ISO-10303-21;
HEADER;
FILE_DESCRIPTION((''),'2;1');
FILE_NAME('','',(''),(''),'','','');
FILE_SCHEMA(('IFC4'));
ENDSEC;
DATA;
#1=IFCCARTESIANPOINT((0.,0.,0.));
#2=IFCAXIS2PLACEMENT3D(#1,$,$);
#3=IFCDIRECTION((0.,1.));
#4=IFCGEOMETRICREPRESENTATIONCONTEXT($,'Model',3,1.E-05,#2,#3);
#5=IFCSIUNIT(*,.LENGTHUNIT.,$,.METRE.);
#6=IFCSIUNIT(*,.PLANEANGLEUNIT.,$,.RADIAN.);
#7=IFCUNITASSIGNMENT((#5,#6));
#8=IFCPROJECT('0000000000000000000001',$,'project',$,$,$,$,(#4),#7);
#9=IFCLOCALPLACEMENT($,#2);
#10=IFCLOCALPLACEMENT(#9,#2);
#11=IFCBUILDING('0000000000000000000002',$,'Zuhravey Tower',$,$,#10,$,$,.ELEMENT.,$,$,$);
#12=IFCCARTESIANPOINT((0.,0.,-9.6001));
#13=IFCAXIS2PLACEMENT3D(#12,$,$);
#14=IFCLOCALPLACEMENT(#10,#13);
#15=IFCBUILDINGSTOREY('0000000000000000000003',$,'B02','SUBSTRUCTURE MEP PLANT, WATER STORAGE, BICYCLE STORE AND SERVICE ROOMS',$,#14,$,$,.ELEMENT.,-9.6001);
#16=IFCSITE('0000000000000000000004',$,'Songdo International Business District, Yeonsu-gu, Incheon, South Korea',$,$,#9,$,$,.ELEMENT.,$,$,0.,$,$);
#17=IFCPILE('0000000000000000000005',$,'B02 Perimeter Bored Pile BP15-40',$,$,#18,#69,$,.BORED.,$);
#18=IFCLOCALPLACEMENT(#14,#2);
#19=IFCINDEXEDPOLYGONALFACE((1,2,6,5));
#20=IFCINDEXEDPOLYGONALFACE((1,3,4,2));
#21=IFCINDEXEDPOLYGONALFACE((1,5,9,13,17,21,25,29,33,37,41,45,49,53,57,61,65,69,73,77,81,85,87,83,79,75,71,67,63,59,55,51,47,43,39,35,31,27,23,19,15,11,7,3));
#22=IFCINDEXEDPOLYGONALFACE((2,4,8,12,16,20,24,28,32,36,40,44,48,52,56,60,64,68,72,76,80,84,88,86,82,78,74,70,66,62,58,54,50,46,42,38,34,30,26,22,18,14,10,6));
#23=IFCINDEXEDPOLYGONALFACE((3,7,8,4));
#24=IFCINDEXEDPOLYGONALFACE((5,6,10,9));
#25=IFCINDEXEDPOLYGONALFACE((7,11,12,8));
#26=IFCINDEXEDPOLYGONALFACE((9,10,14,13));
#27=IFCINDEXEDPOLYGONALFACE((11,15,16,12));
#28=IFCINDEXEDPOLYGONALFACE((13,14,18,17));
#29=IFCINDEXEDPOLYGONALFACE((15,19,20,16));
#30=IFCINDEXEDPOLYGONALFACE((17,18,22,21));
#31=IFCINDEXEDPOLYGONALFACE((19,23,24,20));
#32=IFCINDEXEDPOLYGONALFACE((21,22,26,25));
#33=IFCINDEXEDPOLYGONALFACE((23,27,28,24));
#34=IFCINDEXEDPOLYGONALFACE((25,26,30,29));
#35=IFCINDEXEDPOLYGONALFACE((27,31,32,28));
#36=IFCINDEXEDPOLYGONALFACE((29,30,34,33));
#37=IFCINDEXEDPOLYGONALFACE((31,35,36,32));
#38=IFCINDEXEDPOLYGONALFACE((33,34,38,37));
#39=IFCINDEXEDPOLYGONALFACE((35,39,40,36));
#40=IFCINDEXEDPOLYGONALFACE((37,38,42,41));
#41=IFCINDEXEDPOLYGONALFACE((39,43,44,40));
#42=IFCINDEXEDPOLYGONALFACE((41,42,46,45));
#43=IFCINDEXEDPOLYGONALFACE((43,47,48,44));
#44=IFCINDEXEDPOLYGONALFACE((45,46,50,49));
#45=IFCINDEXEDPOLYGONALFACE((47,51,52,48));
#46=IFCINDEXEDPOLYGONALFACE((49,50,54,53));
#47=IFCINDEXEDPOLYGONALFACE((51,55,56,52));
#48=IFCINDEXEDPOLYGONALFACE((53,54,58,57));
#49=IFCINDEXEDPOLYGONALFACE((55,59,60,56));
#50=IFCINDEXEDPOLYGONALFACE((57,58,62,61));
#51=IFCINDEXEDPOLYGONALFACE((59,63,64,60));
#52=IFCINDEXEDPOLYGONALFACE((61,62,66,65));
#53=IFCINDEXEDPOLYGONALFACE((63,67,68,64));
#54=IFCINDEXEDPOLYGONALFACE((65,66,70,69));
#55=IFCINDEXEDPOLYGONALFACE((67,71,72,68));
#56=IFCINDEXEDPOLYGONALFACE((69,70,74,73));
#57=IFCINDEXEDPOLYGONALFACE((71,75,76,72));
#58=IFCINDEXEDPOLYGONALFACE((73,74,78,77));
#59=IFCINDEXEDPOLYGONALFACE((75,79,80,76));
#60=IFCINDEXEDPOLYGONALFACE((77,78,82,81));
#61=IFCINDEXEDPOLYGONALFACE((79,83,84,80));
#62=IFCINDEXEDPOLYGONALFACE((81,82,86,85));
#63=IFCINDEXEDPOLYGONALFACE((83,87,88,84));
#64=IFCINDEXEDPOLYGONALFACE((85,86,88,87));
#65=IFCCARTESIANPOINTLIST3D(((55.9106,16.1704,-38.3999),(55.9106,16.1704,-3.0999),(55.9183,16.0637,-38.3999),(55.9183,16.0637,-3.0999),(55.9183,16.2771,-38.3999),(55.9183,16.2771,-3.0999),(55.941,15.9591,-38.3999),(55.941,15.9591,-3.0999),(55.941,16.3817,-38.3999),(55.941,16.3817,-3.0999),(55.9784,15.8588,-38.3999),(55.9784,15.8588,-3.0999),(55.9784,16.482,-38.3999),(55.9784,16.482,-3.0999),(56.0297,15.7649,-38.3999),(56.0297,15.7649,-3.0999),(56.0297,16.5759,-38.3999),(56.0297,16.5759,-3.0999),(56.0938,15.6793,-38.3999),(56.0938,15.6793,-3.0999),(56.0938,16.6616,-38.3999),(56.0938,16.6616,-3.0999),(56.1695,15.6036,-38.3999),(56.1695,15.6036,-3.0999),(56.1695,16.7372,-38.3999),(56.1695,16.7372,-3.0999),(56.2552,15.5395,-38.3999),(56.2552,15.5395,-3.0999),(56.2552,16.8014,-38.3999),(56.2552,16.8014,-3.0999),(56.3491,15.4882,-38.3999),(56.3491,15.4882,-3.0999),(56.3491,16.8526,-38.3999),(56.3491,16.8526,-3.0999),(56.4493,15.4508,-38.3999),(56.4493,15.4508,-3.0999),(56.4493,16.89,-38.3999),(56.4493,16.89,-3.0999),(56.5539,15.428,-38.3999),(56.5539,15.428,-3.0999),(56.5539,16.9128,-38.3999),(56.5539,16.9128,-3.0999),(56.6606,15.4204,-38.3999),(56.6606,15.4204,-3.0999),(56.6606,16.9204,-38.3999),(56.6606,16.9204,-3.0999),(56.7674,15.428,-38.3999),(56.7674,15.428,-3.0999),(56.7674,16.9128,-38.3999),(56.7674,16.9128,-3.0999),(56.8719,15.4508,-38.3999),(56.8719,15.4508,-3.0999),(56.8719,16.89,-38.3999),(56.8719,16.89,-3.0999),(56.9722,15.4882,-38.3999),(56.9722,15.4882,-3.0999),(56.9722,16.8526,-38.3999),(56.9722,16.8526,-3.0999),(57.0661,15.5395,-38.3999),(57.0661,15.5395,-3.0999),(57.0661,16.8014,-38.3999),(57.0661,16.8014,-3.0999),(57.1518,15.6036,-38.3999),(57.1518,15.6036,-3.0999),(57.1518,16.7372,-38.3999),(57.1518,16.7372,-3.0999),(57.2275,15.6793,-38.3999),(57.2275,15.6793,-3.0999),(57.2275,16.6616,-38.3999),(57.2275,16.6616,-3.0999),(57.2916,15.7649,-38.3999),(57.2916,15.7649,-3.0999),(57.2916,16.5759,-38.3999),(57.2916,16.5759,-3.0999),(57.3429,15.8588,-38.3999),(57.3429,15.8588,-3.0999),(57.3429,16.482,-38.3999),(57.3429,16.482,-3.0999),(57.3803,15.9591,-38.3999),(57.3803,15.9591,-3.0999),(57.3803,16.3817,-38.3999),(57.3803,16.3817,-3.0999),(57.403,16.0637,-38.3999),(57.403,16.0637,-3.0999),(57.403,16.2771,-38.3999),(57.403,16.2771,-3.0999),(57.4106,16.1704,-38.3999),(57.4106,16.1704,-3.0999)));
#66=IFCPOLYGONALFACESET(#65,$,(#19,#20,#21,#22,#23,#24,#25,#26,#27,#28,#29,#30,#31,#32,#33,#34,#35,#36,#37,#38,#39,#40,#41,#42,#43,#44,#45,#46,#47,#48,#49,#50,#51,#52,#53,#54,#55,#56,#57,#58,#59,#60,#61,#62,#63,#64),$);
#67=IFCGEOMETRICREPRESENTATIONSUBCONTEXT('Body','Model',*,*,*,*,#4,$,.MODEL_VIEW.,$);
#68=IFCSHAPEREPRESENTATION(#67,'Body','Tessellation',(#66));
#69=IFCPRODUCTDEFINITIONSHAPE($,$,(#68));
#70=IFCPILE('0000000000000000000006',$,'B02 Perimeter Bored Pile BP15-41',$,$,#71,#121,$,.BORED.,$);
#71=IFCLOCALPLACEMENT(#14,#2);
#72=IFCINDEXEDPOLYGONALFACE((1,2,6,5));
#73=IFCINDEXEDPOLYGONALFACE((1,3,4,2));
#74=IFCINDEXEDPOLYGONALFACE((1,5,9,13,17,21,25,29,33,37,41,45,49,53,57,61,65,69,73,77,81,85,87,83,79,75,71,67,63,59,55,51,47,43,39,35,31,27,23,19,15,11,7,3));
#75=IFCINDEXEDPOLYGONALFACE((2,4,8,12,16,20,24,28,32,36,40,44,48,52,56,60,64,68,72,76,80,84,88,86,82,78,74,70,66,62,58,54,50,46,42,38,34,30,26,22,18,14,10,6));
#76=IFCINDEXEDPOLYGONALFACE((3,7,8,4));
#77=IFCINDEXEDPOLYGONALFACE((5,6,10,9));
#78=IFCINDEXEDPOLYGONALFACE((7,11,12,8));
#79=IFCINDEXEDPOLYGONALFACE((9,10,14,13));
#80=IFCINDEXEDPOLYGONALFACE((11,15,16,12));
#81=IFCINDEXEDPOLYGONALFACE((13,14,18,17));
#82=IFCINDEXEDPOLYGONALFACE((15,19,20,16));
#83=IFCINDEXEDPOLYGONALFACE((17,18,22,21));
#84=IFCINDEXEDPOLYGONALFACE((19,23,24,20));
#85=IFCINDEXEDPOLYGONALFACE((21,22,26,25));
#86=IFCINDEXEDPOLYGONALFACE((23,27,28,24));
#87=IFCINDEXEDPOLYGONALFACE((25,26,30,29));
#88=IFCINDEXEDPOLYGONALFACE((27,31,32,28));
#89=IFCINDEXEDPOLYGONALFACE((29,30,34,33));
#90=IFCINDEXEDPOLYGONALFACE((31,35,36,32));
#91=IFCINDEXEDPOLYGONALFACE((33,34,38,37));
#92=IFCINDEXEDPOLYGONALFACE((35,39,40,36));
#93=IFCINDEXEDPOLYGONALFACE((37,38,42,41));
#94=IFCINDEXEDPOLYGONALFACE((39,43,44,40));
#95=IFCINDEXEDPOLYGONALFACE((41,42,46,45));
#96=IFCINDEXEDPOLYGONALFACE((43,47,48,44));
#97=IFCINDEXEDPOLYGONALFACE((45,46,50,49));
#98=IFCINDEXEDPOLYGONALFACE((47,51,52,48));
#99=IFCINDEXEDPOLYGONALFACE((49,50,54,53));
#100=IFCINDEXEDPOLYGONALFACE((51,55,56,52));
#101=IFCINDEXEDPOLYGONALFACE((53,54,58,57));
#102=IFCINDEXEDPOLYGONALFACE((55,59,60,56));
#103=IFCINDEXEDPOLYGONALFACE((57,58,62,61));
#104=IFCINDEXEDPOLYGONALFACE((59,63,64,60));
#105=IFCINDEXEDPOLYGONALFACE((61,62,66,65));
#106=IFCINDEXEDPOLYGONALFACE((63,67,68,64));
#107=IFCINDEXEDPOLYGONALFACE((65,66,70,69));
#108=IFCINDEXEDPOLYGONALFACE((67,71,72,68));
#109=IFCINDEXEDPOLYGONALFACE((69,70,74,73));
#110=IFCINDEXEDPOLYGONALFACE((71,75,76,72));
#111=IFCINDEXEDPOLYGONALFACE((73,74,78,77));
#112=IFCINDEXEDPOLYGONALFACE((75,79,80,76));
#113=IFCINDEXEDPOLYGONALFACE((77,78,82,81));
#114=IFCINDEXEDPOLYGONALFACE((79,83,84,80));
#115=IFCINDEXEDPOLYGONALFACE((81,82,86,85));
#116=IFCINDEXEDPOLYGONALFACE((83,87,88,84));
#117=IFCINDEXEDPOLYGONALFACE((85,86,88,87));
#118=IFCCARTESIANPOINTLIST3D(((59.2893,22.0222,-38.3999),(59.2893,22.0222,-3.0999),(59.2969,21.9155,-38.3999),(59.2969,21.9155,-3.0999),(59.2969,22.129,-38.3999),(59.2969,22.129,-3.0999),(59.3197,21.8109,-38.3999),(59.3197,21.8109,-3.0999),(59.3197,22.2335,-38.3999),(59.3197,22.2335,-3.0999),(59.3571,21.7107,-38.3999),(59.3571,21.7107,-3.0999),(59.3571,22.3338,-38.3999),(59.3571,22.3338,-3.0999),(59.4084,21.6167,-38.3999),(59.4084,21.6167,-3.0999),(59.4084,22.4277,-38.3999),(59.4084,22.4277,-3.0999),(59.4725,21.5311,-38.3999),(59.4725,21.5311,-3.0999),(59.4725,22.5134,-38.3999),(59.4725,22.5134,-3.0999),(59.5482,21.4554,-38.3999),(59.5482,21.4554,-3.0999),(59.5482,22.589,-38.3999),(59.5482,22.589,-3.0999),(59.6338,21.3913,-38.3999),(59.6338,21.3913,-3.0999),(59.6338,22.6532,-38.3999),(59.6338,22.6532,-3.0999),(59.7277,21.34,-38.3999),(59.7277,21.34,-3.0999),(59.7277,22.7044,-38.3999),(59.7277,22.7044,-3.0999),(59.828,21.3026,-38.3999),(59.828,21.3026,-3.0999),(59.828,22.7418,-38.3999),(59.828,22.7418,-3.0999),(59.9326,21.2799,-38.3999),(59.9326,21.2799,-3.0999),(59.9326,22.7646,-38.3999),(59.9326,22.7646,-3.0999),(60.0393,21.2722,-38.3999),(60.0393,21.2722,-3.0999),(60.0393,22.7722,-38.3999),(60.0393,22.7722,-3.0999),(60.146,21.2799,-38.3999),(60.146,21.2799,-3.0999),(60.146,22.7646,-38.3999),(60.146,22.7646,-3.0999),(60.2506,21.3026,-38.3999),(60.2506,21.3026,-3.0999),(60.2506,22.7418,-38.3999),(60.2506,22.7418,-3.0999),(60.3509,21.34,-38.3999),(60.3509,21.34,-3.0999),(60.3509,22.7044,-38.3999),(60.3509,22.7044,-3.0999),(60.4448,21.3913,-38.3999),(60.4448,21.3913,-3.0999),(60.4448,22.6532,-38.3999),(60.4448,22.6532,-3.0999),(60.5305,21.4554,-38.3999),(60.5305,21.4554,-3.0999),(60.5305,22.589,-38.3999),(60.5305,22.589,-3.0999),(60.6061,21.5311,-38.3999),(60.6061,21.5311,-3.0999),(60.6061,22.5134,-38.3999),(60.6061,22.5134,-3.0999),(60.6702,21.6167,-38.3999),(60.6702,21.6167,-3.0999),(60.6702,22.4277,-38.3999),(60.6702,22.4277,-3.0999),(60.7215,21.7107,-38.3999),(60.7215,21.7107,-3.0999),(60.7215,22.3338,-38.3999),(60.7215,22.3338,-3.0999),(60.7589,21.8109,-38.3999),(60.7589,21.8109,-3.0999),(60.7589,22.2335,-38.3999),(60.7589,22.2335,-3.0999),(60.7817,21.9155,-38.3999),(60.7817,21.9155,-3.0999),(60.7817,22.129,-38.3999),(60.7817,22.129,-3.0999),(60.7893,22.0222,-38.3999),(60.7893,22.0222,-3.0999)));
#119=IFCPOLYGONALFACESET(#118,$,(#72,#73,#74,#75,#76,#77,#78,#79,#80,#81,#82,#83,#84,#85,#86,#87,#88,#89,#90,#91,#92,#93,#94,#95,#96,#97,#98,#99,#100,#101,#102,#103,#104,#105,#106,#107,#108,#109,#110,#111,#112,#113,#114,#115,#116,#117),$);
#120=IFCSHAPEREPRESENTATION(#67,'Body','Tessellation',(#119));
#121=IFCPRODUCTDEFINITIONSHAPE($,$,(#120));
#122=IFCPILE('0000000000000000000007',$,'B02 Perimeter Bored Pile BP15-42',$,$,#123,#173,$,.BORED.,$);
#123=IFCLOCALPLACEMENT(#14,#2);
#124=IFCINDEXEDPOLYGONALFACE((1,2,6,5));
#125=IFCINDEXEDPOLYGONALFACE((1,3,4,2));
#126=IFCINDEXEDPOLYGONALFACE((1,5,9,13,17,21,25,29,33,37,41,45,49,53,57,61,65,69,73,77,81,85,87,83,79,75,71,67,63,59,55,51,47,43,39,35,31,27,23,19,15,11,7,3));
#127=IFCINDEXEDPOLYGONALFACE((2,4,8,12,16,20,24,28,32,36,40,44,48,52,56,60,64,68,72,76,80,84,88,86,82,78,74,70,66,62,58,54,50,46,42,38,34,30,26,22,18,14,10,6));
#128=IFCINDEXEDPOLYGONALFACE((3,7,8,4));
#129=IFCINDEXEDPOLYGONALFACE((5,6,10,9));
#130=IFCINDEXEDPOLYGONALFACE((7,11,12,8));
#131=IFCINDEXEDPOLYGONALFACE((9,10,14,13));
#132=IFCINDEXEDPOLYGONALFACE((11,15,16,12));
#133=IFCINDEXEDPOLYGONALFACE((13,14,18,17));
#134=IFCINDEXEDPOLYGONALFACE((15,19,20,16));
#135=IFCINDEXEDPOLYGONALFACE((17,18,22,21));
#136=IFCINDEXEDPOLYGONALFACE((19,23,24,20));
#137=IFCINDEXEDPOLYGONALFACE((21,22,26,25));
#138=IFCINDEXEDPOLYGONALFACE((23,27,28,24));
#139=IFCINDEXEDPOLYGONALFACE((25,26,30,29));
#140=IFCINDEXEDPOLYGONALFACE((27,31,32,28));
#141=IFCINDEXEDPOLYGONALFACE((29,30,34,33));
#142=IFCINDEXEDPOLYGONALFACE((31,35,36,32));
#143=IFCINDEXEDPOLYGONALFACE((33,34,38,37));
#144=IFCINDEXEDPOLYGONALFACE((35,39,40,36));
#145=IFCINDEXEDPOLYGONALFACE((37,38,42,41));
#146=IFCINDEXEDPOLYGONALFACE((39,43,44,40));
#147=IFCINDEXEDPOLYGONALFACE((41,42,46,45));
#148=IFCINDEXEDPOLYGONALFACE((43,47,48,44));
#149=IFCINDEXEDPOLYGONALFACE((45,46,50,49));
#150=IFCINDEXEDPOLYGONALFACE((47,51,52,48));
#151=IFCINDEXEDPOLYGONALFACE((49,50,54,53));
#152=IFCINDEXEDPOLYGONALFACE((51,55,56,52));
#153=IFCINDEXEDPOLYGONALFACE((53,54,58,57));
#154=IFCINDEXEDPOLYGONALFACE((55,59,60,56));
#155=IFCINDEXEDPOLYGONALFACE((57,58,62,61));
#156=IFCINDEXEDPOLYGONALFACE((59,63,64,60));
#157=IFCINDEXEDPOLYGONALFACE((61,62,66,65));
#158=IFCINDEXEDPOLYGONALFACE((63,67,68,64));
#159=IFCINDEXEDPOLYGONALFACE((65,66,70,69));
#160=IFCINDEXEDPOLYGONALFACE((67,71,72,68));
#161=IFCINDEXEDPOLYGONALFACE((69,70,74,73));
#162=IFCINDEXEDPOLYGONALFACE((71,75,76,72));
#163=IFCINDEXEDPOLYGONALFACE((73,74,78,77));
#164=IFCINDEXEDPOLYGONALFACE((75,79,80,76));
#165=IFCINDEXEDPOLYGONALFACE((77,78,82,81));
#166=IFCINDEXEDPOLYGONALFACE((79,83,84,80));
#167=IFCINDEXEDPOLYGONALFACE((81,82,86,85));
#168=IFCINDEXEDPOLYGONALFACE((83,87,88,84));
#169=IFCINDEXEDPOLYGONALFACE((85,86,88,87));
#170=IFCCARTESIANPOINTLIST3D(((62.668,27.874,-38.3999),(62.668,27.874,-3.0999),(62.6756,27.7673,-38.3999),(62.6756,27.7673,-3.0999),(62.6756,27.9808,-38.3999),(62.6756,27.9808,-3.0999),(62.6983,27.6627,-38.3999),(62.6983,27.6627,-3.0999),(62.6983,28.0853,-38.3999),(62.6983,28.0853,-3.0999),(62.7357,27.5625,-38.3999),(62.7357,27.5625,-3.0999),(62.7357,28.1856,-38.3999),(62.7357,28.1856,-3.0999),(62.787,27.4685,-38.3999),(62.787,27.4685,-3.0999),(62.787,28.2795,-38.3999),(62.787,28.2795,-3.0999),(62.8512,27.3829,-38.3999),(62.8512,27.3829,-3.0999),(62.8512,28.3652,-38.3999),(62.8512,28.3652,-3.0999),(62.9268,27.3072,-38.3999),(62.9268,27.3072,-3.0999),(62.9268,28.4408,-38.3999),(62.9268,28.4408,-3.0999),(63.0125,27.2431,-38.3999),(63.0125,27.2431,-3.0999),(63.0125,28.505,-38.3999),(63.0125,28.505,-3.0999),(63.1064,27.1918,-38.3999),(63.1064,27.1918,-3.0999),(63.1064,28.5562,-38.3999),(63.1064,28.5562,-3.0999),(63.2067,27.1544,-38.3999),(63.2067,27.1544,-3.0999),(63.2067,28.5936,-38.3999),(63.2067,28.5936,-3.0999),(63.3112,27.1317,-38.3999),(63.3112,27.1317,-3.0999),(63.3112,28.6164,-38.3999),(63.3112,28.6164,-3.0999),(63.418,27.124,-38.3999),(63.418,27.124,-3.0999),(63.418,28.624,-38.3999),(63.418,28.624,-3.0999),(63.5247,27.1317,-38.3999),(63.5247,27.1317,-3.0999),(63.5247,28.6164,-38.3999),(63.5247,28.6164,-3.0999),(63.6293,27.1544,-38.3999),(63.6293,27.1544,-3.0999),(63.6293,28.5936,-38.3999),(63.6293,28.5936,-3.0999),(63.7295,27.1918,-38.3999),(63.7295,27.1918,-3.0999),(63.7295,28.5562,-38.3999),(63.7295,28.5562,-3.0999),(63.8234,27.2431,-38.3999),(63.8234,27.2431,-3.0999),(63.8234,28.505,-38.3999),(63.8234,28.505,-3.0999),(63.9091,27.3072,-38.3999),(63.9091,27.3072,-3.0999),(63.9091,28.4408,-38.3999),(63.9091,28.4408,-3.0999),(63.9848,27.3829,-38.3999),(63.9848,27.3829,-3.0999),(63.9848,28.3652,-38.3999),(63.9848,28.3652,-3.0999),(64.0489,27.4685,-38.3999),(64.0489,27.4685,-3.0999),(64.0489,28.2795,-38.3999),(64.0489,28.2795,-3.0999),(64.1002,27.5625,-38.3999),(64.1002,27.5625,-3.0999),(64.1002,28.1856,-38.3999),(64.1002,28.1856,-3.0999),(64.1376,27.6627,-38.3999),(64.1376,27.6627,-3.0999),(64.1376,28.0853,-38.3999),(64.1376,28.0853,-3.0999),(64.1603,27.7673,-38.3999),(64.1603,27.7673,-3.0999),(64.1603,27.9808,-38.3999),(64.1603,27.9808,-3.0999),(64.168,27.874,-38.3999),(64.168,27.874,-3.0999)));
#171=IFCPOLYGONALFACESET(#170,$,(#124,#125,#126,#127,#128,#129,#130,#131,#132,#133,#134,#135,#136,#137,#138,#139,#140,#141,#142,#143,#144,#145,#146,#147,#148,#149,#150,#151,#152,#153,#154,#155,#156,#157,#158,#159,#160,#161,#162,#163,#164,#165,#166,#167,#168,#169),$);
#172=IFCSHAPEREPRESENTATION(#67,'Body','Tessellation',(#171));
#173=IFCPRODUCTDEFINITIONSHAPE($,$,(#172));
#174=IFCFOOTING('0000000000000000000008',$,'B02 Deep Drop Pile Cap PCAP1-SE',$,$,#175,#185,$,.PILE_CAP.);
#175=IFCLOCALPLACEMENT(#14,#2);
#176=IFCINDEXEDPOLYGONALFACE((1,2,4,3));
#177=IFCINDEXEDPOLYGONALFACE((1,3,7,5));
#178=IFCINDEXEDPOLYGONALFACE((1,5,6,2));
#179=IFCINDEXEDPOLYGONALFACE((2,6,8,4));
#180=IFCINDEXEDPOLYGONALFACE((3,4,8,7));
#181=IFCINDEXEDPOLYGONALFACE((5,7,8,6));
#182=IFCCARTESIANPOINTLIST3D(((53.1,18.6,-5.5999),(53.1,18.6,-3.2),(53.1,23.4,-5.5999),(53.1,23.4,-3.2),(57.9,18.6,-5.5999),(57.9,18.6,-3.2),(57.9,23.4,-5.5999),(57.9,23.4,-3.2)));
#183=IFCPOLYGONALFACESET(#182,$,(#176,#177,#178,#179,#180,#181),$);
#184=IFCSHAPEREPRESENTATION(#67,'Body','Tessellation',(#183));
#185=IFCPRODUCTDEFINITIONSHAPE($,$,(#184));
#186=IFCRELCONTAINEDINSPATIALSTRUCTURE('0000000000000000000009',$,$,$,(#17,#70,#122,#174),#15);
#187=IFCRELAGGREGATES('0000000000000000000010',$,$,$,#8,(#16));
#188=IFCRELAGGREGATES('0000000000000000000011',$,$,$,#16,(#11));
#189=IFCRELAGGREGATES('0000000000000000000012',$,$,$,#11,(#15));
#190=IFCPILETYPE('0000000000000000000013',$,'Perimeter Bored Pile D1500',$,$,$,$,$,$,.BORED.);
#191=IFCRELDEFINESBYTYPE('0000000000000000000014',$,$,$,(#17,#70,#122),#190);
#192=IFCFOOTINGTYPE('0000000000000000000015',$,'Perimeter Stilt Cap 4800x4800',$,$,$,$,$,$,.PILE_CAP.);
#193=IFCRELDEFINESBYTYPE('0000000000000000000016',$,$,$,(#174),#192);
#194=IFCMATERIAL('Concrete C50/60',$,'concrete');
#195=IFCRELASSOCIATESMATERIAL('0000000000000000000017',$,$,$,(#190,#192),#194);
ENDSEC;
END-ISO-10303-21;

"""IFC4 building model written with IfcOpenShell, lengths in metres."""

from ifc_helpers import new_model, si_unit, direction, frame, origin, origin_2d, place, context, subcontext, project, spatial, rectangle, circle, extrude, material, material_profile, profile_set, type_object, element, save


model = new_model("IFC4")

# Units and contexts
model_context = context("Model", 3, precision=1e-05, world=origin(), true_north=direction((0.0, 1.0)))
body_context = subcontext(model_context, "Body", "Model", "MODEL_VIEW")
ifc_project = project(units=[si_unit("LENGTHUNIT", "METRE"), si_unit("PLANEANGLEUNIT", "RADIAN")], contexts=[model_context])

# Site, building, storey
site_placement = place(None, origin())
site = spatial("IfcSite", under=ifc_project, at=site_placement, Name="Songdo International Business District, Yeonsu-gu, Incheon, South Korea", CompositionType="ELEMENT", RefElevation=0.0)
building_placement = place(site_placement, origin())
building = spatial("IfcBuilding", under=site, at=building_placement, Name="Zuhravey Tower", CompositionType="ELEMENT")
storey_placement = place(building_placement, frame((0.0, 0.0, -9.6001)))
storey = spatial("IfcBuildingStorey", under=building, at=storey_placement, Name="B02", Description="SUBSTRUCTURE MEP PLANT, WATER STORAGE, BICYCLE STORE AND SERVICE ROOMS", CompositionType="ELEMENT", Elevation=-9.6001)

# Piles
ifc_material_1 = material(Name="Concrete C50/60", Category="concrete")
ifc_material_profile_1 = material_profile(ifc_material_1, circle(Radius=0.75, at=origin_2d()), Name="PILE-D1500")
ifc_profile_set_1 = profile_set([ifc_material_profile_1], Name="Concrete C50/60")
pile_type_1 = type_object("IfcPileType", Name="Perimeter Bored Pile D1500", PredefinedType="BORED", material=ifc_profile_set_1)
for number, where, z_axis, x_axis, name in (
    (1, (56.6606, 16.1704, -3.0999), (0.0, 0.0, -1.0), (1.0, 0.0, 0.0), "B02 Perimeter Bored Pile BP15-40"),
    (2, (60.0393, 22.0222, -3.0999), (0.0, 0.0, -1.0), (1.0, 0.0, 0.0), "B02 Perimeter Bored Pile BP15-41"),
    (3, (63.418, 27.874, -3.0999), (0.0, 0.0, -1.0), (1.0, 0.0, 0.0), "B02 Perimeter Bored Pile BP15-42"),
):
    element("IfcPile", number, at=place(storey_placement, frame(where, z_axis=z_axis, x_axis=x_axis)), inside=storey, type_object=pile_type_1, Name=name, PredefinedType="BORED", context=body_context, shape_type="SweptSolid", body=[
        extrude(circle(Radius=0.75, at=origin_2d()), origin(), (0.0, 0.0, 1.0), 35.3),
    ])

# Footing
footing_type = type_object("IfcFootingType", Name="Perimeter Stilt Cap 4800x4800", PredefinedType="PILE_CAP", material=ifc_material_1)
footing_placement = place(storey_placement, frame((55.5, 21.0, -5.5999), z_axis=(0.0, 0.0, 1.0), x_axis=(1.0, 0.0, 0.0)))
element("IfcFooting", 4, at=footing_placement, inside=storey, type_object=footing_type, Name="B02 Deep Drop Pile Cap PCAP1-SE", PredefinedType="PILE_CAP", context=body_context, shape_type="SweptSolid", body=[
    extrude(rectangle(XDim=4.8, YDim=4.8, at=origin_2d()), origin(), (0.0, 0.0, 1.0), 2.3999),
])

save(model, "model.ifc")
